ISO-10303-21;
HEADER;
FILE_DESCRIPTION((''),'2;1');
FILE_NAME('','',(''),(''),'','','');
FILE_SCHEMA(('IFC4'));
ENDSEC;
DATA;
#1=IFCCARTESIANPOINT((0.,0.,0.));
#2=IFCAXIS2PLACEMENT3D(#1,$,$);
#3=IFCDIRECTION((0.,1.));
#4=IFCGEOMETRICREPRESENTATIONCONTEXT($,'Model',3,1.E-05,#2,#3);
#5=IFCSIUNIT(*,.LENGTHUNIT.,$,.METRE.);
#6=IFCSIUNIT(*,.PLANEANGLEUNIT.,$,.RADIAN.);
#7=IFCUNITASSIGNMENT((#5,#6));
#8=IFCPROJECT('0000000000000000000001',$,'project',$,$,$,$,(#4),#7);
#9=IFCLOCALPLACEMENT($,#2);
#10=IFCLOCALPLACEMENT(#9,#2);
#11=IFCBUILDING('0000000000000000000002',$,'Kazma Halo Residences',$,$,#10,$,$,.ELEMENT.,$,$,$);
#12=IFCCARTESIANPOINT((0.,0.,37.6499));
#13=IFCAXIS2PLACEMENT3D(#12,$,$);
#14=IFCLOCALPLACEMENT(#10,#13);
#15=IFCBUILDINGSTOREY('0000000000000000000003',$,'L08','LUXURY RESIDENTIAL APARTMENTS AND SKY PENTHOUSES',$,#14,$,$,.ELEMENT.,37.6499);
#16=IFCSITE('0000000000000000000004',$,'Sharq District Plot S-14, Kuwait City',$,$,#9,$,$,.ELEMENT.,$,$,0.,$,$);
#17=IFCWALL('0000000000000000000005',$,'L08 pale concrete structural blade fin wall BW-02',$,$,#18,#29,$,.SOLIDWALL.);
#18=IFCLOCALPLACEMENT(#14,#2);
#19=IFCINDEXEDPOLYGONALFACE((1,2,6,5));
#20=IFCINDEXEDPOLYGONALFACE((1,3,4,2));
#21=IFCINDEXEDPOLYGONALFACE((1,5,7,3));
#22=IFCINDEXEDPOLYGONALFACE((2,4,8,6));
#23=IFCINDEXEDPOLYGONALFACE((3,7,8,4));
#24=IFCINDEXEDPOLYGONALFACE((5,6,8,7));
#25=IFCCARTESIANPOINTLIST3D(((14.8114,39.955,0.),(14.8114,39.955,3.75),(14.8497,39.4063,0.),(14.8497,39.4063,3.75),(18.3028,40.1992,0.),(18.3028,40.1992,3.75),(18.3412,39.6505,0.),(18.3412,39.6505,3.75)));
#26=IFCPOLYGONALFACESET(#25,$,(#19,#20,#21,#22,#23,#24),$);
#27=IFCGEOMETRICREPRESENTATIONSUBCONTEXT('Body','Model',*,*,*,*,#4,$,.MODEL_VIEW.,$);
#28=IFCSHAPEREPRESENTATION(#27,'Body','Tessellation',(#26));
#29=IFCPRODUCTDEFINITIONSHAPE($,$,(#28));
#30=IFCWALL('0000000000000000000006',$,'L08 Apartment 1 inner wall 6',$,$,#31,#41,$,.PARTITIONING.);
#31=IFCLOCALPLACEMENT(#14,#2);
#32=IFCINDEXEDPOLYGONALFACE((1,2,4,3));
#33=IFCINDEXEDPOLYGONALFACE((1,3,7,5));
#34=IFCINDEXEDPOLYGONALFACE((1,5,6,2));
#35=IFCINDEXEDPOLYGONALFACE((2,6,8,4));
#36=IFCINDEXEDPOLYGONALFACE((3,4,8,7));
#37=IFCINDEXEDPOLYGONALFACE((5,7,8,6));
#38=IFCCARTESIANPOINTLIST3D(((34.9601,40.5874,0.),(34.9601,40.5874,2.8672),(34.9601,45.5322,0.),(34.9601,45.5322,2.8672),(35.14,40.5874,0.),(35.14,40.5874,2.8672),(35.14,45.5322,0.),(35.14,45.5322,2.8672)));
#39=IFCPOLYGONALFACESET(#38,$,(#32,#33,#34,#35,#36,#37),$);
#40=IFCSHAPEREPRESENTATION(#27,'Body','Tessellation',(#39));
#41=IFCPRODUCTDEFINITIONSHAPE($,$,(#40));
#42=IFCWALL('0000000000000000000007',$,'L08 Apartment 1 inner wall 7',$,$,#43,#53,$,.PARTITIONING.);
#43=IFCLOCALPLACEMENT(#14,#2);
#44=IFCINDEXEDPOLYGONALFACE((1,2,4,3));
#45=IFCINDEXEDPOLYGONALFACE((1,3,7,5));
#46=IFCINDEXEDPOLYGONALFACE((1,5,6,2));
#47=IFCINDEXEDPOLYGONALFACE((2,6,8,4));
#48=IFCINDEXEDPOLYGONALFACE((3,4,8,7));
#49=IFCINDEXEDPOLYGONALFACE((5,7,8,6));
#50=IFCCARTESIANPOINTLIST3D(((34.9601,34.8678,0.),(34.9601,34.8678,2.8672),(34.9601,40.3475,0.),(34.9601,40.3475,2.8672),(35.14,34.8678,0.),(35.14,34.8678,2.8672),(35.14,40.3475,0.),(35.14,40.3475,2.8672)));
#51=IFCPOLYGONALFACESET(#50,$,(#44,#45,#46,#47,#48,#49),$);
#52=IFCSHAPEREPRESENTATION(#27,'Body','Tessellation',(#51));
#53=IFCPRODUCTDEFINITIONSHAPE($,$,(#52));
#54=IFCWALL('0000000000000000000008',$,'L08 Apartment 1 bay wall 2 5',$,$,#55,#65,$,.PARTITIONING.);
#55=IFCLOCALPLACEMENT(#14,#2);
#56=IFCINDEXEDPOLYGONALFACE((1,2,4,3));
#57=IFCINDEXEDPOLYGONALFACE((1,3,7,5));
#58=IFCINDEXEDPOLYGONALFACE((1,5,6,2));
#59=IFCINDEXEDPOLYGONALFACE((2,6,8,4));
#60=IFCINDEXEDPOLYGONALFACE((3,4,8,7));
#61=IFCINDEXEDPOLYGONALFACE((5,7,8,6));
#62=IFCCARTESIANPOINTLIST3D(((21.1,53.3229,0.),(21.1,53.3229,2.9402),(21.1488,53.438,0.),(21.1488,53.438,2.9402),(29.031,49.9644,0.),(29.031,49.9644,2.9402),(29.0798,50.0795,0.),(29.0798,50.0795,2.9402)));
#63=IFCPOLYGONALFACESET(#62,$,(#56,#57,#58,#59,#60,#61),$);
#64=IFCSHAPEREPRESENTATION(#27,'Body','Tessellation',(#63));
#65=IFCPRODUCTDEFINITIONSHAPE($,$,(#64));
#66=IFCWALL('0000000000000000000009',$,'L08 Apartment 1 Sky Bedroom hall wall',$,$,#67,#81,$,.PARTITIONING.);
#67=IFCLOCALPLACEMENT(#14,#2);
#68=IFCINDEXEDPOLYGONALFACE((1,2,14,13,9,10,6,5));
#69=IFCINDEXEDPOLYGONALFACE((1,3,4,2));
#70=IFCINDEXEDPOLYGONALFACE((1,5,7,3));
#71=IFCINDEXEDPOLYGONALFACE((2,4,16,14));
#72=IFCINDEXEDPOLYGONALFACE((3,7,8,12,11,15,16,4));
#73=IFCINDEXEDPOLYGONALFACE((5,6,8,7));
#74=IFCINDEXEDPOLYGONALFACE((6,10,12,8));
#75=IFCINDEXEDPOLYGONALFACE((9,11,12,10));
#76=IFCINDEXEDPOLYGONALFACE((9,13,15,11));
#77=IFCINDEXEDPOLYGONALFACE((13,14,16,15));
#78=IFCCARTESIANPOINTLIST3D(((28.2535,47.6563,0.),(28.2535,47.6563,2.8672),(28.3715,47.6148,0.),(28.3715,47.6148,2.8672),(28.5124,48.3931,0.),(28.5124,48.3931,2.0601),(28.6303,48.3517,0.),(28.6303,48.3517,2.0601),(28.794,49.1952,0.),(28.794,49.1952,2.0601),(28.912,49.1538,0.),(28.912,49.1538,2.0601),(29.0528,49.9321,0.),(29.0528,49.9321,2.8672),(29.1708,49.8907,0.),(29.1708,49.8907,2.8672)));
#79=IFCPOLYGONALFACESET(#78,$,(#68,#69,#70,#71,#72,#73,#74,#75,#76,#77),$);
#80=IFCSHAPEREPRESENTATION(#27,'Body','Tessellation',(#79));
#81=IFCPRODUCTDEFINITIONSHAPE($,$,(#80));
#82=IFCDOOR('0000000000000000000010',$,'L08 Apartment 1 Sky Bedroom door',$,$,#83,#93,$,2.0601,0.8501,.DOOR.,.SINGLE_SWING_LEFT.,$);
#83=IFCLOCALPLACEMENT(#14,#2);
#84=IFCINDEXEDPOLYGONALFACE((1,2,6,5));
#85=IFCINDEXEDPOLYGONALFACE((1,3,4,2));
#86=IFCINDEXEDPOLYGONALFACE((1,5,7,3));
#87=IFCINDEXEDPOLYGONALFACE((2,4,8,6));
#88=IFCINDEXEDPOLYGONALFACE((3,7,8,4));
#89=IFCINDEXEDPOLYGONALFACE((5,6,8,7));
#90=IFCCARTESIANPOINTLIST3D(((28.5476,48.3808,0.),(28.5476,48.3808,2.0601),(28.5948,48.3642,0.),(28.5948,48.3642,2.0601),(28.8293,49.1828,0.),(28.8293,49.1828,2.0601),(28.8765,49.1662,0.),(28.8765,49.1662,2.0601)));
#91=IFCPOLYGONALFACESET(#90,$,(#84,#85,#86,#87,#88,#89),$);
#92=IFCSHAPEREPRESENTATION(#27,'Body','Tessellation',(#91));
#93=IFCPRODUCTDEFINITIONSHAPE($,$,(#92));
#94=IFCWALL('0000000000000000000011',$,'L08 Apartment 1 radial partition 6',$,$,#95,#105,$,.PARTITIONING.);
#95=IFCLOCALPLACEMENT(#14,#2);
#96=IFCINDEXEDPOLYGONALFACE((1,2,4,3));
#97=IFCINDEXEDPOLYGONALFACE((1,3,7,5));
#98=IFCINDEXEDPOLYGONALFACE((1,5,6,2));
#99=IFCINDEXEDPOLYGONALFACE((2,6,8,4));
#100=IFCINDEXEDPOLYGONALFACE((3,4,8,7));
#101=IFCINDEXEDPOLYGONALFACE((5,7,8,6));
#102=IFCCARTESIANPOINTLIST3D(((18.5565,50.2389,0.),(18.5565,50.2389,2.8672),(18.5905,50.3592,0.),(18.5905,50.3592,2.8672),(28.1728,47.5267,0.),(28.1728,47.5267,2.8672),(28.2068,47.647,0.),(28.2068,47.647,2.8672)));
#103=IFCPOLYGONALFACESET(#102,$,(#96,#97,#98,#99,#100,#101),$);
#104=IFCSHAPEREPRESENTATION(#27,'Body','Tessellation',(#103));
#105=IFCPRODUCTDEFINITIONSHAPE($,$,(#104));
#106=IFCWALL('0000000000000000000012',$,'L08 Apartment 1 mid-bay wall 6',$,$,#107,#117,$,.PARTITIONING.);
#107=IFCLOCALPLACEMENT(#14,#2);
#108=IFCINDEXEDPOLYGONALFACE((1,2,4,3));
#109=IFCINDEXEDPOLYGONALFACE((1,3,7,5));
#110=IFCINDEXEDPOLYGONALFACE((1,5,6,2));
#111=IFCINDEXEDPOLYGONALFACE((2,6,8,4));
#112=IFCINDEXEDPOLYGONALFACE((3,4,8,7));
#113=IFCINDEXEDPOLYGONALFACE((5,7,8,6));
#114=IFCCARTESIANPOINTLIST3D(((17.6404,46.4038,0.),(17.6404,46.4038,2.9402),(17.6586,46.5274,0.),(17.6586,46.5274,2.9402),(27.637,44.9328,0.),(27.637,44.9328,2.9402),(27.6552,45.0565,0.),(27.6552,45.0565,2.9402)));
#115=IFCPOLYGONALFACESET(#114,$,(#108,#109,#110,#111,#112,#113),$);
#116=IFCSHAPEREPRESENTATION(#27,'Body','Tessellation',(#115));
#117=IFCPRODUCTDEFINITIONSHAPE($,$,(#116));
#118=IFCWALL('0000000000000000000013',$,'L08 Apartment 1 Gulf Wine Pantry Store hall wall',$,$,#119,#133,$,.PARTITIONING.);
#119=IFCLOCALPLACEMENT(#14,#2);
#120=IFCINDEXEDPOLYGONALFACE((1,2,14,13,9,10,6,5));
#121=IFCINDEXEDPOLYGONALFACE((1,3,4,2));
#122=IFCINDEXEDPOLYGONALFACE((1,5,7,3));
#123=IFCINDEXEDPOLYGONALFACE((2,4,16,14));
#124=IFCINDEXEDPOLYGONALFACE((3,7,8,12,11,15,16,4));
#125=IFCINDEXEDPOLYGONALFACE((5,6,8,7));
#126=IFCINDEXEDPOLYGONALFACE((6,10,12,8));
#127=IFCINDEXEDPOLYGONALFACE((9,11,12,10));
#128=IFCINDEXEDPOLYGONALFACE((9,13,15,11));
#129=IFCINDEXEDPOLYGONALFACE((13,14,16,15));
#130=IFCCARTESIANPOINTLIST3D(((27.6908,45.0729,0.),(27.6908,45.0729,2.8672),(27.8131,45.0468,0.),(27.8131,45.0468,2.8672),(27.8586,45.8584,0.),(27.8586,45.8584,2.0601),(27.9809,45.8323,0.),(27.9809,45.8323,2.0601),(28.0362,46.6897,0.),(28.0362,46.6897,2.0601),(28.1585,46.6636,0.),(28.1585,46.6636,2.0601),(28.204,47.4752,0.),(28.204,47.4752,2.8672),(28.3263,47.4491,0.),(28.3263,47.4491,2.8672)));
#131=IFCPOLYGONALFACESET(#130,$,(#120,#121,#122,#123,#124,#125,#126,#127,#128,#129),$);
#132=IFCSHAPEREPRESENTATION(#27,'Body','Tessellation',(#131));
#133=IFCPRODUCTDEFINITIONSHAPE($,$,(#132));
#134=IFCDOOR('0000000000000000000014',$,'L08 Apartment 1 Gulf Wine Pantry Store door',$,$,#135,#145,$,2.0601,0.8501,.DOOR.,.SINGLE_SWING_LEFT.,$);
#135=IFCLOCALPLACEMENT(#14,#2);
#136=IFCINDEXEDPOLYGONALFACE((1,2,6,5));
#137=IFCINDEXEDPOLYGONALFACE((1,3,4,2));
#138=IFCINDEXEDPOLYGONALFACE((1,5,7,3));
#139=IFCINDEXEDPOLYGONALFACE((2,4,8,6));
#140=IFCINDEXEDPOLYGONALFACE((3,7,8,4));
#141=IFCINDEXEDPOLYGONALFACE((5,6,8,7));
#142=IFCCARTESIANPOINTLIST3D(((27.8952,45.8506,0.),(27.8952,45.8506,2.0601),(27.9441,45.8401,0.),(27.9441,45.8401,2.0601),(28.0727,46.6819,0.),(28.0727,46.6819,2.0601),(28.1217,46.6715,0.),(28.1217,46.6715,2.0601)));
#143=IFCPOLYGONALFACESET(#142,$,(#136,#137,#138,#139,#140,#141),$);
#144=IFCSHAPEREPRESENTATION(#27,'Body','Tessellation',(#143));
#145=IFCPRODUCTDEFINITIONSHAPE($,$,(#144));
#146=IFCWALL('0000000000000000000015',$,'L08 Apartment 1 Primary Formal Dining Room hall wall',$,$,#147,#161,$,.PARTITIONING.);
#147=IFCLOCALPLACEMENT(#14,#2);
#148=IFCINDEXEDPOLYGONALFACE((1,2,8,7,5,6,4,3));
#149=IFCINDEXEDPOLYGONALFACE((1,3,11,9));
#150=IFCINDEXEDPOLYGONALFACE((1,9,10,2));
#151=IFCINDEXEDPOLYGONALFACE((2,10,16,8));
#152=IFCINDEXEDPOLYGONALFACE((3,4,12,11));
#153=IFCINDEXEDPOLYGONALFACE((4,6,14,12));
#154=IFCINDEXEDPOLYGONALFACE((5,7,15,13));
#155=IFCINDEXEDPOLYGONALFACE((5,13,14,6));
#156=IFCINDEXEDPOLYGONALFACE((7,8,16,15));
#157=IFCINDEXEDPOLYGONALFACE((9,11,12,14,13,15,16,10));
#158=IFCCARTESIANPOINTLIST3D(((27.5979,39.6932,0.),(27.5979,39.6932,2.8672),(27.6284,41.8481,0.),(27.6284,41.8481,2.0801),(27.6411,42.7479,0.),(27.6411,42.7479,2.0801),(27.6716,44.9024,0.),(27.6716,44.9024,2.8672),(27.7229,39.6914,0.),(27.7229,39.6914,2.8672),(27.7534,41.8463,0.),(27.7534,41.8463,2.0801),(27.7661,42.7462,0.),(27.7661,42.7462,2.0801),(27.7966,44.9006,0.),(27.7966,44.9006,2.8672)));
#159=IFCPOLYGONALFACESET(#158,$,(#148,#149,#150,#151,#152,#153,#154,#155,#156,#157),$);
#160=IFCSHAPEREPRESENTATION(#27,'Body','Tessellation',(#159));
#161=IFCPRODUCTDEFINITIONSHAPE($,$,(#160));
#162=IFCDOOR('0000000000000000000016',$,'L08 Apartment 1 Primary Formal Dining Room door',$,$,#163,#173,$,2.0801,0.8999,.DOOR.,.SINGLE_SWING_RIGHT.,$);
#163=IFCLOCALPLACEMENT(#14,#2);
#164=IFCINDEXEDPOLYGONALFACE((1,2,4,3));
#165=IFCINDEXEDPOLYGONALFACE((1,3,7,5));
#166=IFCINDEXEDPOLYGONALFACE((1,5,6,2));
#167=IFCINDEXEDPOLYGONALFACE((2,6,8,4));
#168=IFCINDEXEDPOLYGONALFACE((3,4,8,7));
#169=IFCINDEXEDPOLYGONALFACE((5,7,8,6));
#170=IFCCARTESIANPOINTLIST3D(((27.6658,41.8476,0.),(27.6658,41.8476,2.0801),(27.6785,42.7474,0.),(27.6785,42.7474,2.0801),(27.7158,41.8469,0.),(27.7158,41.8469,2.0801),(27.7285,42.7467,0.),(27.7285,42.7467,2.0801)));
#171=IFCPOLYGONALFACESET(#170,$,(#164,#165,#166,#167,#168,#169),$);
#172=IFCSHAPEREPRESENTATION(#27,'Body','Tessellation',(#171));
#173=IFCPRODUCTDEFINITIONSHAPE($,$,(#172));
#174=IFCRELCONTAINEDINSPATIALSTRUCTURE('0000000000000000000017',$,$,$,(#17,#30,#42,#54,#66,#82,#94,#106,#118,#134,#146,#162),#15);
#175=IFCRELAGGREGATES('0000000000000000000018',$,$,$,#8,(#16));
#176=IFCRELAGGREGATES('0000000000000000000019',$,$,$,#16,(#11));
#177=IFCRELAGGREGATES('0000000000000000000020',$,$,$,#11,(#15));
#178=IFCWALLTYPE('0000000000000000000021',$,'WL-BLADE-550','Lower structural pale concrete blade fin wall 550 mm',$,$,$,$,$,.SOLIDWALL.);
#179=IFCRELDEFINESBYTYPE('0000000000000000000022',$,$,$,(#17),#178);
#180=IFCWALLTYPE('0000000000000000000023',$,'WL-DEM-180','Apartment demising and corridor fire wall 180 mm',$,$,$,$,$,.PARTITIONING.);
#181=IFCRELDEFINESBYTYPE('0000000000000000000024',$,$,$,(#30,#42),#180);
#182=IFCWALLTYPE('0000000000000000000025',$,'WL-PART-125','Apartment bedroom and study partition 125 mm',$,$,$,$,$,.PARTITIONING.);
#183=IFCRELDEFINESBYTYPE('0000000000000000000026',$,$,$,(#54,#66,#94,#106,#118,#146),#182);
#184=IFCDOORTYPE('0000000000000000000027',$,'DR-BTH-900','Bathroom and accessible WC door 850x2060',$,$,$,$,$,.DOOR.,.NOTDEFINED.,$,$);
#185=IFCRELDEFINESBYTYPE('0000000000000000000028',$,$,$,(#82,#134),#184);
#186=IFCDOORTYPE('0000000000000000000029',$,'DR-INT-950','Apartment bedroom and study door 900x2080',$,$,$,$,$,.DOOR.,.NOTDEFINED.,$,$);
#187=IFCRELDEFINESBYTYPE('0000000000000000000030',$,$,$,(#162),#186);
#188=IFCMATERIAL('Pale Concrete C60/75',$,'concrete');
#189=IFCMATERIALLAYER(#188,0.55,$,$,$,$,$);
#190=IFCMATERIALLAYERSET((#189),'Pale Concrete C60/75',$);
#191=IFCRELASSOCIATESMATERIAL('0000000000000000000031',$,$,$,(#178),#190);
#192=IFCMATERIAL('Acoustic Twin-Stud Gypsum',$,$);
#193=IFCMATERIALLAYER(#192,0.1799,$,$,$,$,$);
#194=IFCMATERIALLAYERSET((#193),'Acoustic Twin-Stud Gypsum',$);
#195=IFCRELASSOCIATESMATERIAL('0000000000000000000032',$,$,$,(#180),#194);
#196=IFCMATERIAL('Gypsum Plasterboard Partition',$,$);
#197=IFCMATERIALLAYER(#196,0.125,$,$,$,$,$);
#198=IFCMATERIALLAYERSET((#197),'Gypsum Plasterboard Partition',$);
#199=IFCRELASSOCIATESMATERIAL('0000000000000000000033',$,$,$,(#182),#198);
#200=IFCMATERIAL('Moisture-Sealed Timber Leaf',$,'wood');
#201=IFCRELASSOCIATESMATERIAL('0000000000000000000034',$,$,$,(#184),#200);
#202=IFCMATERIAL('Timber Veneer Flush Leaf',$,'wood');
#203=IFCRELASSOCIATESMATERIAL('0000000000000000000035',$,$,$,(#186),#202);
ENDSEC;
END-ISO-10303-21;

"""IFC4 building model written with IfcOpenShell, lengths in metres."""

from ifc_helpers import new_model, si_unit, direction, frame, frame_2d, origin, place, context, subcontext, project, spatial, rectangle, extrude, material, layer, layer_set, type_object, element, fill, save


model = new_model("IFC4")

# Units and contexts
model_context = context("Model", 3, precision=1e-05, world=origin(), true_north=direction((0.0, 1.0)))
body_context = subcontext(model_context, "Body", "Model", "MODEL_VIEW")
ifc_project = project(units=[si_unit("LENGTHUNIT", "METRE"), si_unit("PLANEANGLEUNIT", "RADIAN")], contexts=[model_context])

# Site, building, storey
site_placement = place(None, origin())
site = spatial("IfcSite", under=ifc_project, at=site_placement, Name="Sharq District Plot S-14, Kuwait City", CompositionType="ELEMENT", RefElevation=0.0)
building_placement = place(site_placement, origin())
building = spatial("IfcBuilding", under=site, at=building_placement, Name="Kazma Halo Residences", CompositionType="ELEMENT")
storey_placement = place(building_placement, frame((0.0, 0.0, 37.6499)))
storey = spatial("IfcBuildingStorey", under=building, at=storey_placement, Name="L08", Description="LUXURY RESIDENTIAL APARTMENTS AND SKY PENTHOUSES", CompositionType="ELEMENT", Elevation=37.6499)

# Walls
ifc_material_1 = material(Name="Pale Concrete C60/75", Category="concrete")
ifc_layer_1 = layer(ifc_material_1, 0.55)
ifc_layer_set_1 = layer_set([ifc_layer_1], Name="Pale Concrete C60/75")
wall_type_1 = type_object("IfcWallType", Name="WL-BLADE-550", Description="Lower structural pale concrete blade fin wall 550 mm", PredefinedType="SOLIDWALL", material=ifc_layer_set_1)
wall_1_placement = place(storey_placement, frame((18.322, 39.9248, 0.0), z_axis=(0.0, 0.0, 1.0), x_axis=(-0.997564, -0.069755, 0.0)))
element("IfcWall", 1, at=wall_1_placement, inside=storey, type_object=wall_type_1, Name="L08 pale concrete structural blade fin wall BW-02", PredefinedType="SOLIDWALL", context=body_context, shape_type="SweptSolid", body=[
    extrude(rectangle(XDim=3.5, YDim=0.55, at=frame_2d((1.75, 0.0))), origin(), (0.0, 0.0, 1.0), 3.75),
])
ifc_material_2 = material(Name="Acoustic Twin-Stud Gypsum")
ifc_layer_2 = layer(ifc_material_2, 0.1799)
ifc_layer_set_2 = layer_set([ifc_layer_2], Name="Acoustic Twin-Stud Gypsum")
wall_type_2 = type_object("IfcWallType", Name="WL-DEM-180", Description="Apartment demising and corridor fire wall 180 mm", PredefinedType="PARTITIONING", material=ifc_layer_set_2)
wall_2_placement = place(storey_placement, frame((35.05, 45.5322, 0.0), z_axis=(0.0, 0.0, 1.0), x_axis=(0.0, -1.0, 0.0)))
element("IfcWall", 2, at=wall_2_placement, inside=storey, type_object=wall_type_2, Name="L08 Apartment 1 inner wall 6", PredefinedType="PARTITIONING", context=body_context, shape_type="SweptSolid", body=[
    extrude(rectangle(XDim=4.9448, YDim=0.1799, at=frame_2d((2.4724, 0.0))), origin(), (0.0, 0.0, 1.0), 2.8672),
])
wall_3_placement = place(storey_placement, frame((35.05, 40.3474, 0.0), z_axis=(0.0, 0.0, 1.0), x_axis=(0.0, -1.0, 0.0)))
element("IfcWall", 3, at=wall_3_placement, inside=storey, type_object=wall_type_2, Name="L08 Apartment 1 inner wall 7", PredefinedType="PARTITIONING", context=body_context, shape_type="SweptSolid", body=[
    extrude(rectangle(XDim=5.4797, YDim=0.1799, at=frame_2d((2.7397, 0.0))), origin(), (0.0, 0.0, 1.0), 2.8672),
])
ifc_material_3 = material(Name="Gypsum Plasterboard Partition")
ifc_layer_3 = layer(ifc_material_3, 0.125)
ifc_layer_set_3 = layer_set([ifc_layer_3], Name="Gypsum Plasterboard Partition")
wall_type_3 = type_object("IfcWallType", Name="WL-PART-125", Description="Apartment bedroom and study partition 125 mm", PredefinedType="PARTITIONING", material=ifc_layer_set_3)
wall_4_placement = place(storey_placement, frame((29.0554, 50.022, 0.0), z_axis=(0.0, 0.0, 1.0), x_axis=(-0.920842, 0.389937, 0.0)))
element("IfcWall", 4, at=wall_4_placement, inside=storey, type_object=wall_type_3, Name="L08 Apartment 1 bay wall 2 5", PredefinedType="PARTITIONING", context=body_context, shape_type="SweptSolid", body=[
    extrude(rectangle(XDim=8.6128, YDim=0.125, at=frame_2d((4.3064, 0.0))), origin(), (0.0, 0.0, 1.0), 2.9402),
])

# Wall, opening, door
wall_5_placement = place(storey_placement, frame((29.1118, 49.9114, 0.0), z_axis=(0.0, 0.0, 1.0), x_axis=(-0.331369, -0.943501, 0.0)))
wall_5 = element("IfcWall", 5, at=wall_5_placement, inside=storey, type_object=wall_type_3, Name="L08 Apartment 1 Sky Bedroom hall wall", PredefinedType="PARTITIONING", context=body_context, shape_type="SweptSolid", body=[
    extrude(rectangle(XDim=2.4121, YDim=0.125, at=frame_2d((1.2061, 0.0))), origin(), (0.0, 0.0, 1.0), 2.8672),
])
opening_1_placement = place(wall_5_placement, frame((0.781, 0.0, 0.0)))
opening_1 = element("IfcOpeningElement", 6, at=opening_1_placement, cuts=wall_5, PredefinedType="OPENING", context=body_context, shape_type="SweptSolid", body=[
    extrude(rectangle(XDim=0.8501, YDim=2.0601, at=frame_2d((0.425, 1.03))), frame((0.0, 0.0725, 0.0), z_axis=(0.0, -1.0, 0.0), x_axis=(1.0, 0.0, 0.0)), (0.0, 0.0, 1.0), 0.145),
])
ifc_material_4 = material(Name="Moisture-Sealed Timber Leaf", Category="wood")
door_type_1 = type_object("IfcDoorType", Name="DR-BTH-900", Description="Bathroom and accessible WC door 850x2060", OperationType="NOTDEFINED", PredefinedType="DOOR", material=ifc_material_4)
door_1_placement = place(opening_1_placement, origin())
door_1 = element("IfcDoor", 7, at=door_1_placement, inside=storey, type_object=door_type_1, Name="L08 Apartment 1 Sky Bedroom door", OperationType="SINGLE_SWING_LEFT", OverallHeight=2.0601, OverallWidth=0.8501, PredefinedType="DOOR", context=body_context, shape_type="SweptSolid", body=[
    extrude(rectangle(XDim=0.8501, YDim=2.0601, at=frame_2d((0.425, 1.03))), frame((0.0, 0.0249, 0.0), z_axis=(0.0, -1.0, 0.0), x_axis=(1.0, 0.0, 0.0)), (0.0, 0.0, 1.0), 0.05),
])
fill(opening_1, door_1)

# Walls
wall_6_placement = place(storey_placement, frame((28.1897, 47.5869, 0.0), z_axis=(0.0, 0.0, 1.0), x_axis=(-0.962452, 0.27145, 0.0)))
element("IfcWall", 8, at=wall_6_placement, inside=storey, type_object=wall_type_3, Name="L08 Apartment 1 radial partition 6", PredefinedType="PARTITIONING", context=body_context, shape_type="SweptSolid", body=[
    extrude(rectangle(XDim=9.9915, YDim=0.125, at=frame_2d((4.9956, 0.0))), origin(), (0.0, 0.0, 1.0), 2.8672),
])
wall_7_placement = place(storey_placement, frame((27.6462, 44.9946, 0.0), z_axis=(0.0, 0.0, 1.0), x_axis=(-0.989347, 0.145577, 0.0)))
element("IfcWall", 9, at=wall_7_placement, inside=storey, type_object=wall_type_3, Name="L08 Apartment 1 mid-bay wall 6", PredefinedType="PARTITIONING", context=body_context, shape_type="SweptSolid", body=[
    extrude(rectangle(XDim=10.1042, YDim=0.125, at=frame_2d((5.0522, 0.0))), origin(), (0.0, 0.0, 1.0), 2.9402),
])

# Walls, openings, doors
wall_8_placement = place(storey_placement, frame((28.2651, 47.4622, 0.0), z_axis=(0.0, 0.0, 1.0), x_axis=(-0.208905, -0.977936, 0.0)))
wall_8 = element("IfcWall", 10, at=wall_8_placement, inside=storey, type_object=wall_type_3, Name="L08 Apartment 1 Gulf Wine Pantry Store hall wall", PredefinedType="PARTITIONING", context=body_context, shape_type="SweptSolid", body=[
    extrude(rectangle(XDim=2.4565, YDim=0.125, at=frame_2d((1.2283, 0.0))), origin(), (0.0, 0.0, 1.0), 2.8672),
])
opening_2_placement = place(wall_8_placement, frame((0.8032, 0.0, 0.0)))
opening_2 = element("IfcOpeningElement", 11, at=opening_2_placement, cuts=wall_8, PredefinedType="OPENING", context=body_context, shape_type="SweptSolid", body=[
    extrude(rectangle(XDim=0.8501, YDim=2.0601, at=frame_2d((0.425, 1.03))), frame((0.0, 0.0725, 0.0), z_axis=(0.0, -1.0, 0.0), x_axis=(1.0, 0.0, 0.0)), (0.0, 0.0, 1.0), 0.145),
])
door_2_placement = place(opening_2_placement, origin())
door_2 = element("IfcDoor", 12, at=door_2_placement, inside=storey, type_object=door_type_1, Name="L08 Apartment 1 Gulf Wine Pantry Store door", OperationType="SINGLE_SWING_LEFT", OverallHeight=2.0601, OverallWidth=0.8501, PredefinedType="DOOR", context=body_context, shape_type="SweptSolid", body=[
    extrude(rectangle(XDim=0.8501, YDim=2.0601, at=frame_2d((0.425, 1.03))), frame((0.0, 0.0249, 0.0), z_axis=(0.0, -1.0, 0.0), x_axis=(1.0, 0.0, 0.0)), (0.0, 0.0, 1.0), 0.05),
])
fill(opening_2, door_2)
wall_9_placement = place(storey_placement, frame((27.7341, 44.9016, 0.0), z_axis=(0.0, 0.0, 1.0), x_axis=(-0.014152, -0.9999, 0.0)))
wall_9 = element("IfcWall", 13, at=wall_9_placement, inside=storey, type_object=wall_type_3, Name="L08 Apartment 1 Primary Formal Dining Room hall wall", PredefinedType="PARTITIONING", context=body_context, shape_type="SweptSolid", body=[
    extrude(rectangle(XDim=5.2097, YDim=0.125, at=frame_2d((2.605, 0.0))), origin(), (0.0, 0.0, 1.0), 2.8672),
])
opening_3_placement = place(wall_9_placement, frame((2.1548, 0.0, 0.0)))
opening_3 = element("IfcOpeningElement", 14, at=opening_3_placement, cuts=wall_9, PredefinedType="OPENING", context=body_context, shape_type="SweptSolid", body=[
    extrude(rectangle(XDim=0.8999, YDim=2.0801, at=frame_2d((0.45, 1.04))), frame((0.0, 0.0725, 0.0), z_axis=(0.0, -1.0, 0.0), x_axis=(1.0, 0.0, 0.0)), (0.0, 0.0, 1.0), 0.145),
])
ifc_material_5 = material(Name="Timber Veneer Flush Leaf", Category="wood")
door_type_2 = type_object("IfcDoorType", Name="DR-INT-950", Description="Apartment bedroom and study door 900x2080", OperationType="NOTDEFINED", PredefinedType="DOOR", material=ifc_material_5)
door_3_placement = place(opening_3_placement, origin())
door_3 = element("IfcDoor", 15, at=door_3_placement, inside=storey, type_object=door_type_2, Name="L08 Apartment 1 Primary Formal Dining Room door", OperationType="SINGLE_SWING_RIGHT", OverallHeight=2.0801, OverallWidth=0.8999, PredefinedType="DOOR", context=body_context, shape_type="SweptSolid", body=[
    extrude(rectangle(XDim=0.8999, YDim=2.0801, at=frame_2d((0.45, 1.04))), frame((0.0, 0.0249, 0.0), z_axis=(0.0, -1.0, 0.0), x_axis=(1.0, 0.0, 0.0)), (0.0, 0.0, 1.0), 0.05),
])
fill(opening_3, door_3)

save(model, "model.ifc")
